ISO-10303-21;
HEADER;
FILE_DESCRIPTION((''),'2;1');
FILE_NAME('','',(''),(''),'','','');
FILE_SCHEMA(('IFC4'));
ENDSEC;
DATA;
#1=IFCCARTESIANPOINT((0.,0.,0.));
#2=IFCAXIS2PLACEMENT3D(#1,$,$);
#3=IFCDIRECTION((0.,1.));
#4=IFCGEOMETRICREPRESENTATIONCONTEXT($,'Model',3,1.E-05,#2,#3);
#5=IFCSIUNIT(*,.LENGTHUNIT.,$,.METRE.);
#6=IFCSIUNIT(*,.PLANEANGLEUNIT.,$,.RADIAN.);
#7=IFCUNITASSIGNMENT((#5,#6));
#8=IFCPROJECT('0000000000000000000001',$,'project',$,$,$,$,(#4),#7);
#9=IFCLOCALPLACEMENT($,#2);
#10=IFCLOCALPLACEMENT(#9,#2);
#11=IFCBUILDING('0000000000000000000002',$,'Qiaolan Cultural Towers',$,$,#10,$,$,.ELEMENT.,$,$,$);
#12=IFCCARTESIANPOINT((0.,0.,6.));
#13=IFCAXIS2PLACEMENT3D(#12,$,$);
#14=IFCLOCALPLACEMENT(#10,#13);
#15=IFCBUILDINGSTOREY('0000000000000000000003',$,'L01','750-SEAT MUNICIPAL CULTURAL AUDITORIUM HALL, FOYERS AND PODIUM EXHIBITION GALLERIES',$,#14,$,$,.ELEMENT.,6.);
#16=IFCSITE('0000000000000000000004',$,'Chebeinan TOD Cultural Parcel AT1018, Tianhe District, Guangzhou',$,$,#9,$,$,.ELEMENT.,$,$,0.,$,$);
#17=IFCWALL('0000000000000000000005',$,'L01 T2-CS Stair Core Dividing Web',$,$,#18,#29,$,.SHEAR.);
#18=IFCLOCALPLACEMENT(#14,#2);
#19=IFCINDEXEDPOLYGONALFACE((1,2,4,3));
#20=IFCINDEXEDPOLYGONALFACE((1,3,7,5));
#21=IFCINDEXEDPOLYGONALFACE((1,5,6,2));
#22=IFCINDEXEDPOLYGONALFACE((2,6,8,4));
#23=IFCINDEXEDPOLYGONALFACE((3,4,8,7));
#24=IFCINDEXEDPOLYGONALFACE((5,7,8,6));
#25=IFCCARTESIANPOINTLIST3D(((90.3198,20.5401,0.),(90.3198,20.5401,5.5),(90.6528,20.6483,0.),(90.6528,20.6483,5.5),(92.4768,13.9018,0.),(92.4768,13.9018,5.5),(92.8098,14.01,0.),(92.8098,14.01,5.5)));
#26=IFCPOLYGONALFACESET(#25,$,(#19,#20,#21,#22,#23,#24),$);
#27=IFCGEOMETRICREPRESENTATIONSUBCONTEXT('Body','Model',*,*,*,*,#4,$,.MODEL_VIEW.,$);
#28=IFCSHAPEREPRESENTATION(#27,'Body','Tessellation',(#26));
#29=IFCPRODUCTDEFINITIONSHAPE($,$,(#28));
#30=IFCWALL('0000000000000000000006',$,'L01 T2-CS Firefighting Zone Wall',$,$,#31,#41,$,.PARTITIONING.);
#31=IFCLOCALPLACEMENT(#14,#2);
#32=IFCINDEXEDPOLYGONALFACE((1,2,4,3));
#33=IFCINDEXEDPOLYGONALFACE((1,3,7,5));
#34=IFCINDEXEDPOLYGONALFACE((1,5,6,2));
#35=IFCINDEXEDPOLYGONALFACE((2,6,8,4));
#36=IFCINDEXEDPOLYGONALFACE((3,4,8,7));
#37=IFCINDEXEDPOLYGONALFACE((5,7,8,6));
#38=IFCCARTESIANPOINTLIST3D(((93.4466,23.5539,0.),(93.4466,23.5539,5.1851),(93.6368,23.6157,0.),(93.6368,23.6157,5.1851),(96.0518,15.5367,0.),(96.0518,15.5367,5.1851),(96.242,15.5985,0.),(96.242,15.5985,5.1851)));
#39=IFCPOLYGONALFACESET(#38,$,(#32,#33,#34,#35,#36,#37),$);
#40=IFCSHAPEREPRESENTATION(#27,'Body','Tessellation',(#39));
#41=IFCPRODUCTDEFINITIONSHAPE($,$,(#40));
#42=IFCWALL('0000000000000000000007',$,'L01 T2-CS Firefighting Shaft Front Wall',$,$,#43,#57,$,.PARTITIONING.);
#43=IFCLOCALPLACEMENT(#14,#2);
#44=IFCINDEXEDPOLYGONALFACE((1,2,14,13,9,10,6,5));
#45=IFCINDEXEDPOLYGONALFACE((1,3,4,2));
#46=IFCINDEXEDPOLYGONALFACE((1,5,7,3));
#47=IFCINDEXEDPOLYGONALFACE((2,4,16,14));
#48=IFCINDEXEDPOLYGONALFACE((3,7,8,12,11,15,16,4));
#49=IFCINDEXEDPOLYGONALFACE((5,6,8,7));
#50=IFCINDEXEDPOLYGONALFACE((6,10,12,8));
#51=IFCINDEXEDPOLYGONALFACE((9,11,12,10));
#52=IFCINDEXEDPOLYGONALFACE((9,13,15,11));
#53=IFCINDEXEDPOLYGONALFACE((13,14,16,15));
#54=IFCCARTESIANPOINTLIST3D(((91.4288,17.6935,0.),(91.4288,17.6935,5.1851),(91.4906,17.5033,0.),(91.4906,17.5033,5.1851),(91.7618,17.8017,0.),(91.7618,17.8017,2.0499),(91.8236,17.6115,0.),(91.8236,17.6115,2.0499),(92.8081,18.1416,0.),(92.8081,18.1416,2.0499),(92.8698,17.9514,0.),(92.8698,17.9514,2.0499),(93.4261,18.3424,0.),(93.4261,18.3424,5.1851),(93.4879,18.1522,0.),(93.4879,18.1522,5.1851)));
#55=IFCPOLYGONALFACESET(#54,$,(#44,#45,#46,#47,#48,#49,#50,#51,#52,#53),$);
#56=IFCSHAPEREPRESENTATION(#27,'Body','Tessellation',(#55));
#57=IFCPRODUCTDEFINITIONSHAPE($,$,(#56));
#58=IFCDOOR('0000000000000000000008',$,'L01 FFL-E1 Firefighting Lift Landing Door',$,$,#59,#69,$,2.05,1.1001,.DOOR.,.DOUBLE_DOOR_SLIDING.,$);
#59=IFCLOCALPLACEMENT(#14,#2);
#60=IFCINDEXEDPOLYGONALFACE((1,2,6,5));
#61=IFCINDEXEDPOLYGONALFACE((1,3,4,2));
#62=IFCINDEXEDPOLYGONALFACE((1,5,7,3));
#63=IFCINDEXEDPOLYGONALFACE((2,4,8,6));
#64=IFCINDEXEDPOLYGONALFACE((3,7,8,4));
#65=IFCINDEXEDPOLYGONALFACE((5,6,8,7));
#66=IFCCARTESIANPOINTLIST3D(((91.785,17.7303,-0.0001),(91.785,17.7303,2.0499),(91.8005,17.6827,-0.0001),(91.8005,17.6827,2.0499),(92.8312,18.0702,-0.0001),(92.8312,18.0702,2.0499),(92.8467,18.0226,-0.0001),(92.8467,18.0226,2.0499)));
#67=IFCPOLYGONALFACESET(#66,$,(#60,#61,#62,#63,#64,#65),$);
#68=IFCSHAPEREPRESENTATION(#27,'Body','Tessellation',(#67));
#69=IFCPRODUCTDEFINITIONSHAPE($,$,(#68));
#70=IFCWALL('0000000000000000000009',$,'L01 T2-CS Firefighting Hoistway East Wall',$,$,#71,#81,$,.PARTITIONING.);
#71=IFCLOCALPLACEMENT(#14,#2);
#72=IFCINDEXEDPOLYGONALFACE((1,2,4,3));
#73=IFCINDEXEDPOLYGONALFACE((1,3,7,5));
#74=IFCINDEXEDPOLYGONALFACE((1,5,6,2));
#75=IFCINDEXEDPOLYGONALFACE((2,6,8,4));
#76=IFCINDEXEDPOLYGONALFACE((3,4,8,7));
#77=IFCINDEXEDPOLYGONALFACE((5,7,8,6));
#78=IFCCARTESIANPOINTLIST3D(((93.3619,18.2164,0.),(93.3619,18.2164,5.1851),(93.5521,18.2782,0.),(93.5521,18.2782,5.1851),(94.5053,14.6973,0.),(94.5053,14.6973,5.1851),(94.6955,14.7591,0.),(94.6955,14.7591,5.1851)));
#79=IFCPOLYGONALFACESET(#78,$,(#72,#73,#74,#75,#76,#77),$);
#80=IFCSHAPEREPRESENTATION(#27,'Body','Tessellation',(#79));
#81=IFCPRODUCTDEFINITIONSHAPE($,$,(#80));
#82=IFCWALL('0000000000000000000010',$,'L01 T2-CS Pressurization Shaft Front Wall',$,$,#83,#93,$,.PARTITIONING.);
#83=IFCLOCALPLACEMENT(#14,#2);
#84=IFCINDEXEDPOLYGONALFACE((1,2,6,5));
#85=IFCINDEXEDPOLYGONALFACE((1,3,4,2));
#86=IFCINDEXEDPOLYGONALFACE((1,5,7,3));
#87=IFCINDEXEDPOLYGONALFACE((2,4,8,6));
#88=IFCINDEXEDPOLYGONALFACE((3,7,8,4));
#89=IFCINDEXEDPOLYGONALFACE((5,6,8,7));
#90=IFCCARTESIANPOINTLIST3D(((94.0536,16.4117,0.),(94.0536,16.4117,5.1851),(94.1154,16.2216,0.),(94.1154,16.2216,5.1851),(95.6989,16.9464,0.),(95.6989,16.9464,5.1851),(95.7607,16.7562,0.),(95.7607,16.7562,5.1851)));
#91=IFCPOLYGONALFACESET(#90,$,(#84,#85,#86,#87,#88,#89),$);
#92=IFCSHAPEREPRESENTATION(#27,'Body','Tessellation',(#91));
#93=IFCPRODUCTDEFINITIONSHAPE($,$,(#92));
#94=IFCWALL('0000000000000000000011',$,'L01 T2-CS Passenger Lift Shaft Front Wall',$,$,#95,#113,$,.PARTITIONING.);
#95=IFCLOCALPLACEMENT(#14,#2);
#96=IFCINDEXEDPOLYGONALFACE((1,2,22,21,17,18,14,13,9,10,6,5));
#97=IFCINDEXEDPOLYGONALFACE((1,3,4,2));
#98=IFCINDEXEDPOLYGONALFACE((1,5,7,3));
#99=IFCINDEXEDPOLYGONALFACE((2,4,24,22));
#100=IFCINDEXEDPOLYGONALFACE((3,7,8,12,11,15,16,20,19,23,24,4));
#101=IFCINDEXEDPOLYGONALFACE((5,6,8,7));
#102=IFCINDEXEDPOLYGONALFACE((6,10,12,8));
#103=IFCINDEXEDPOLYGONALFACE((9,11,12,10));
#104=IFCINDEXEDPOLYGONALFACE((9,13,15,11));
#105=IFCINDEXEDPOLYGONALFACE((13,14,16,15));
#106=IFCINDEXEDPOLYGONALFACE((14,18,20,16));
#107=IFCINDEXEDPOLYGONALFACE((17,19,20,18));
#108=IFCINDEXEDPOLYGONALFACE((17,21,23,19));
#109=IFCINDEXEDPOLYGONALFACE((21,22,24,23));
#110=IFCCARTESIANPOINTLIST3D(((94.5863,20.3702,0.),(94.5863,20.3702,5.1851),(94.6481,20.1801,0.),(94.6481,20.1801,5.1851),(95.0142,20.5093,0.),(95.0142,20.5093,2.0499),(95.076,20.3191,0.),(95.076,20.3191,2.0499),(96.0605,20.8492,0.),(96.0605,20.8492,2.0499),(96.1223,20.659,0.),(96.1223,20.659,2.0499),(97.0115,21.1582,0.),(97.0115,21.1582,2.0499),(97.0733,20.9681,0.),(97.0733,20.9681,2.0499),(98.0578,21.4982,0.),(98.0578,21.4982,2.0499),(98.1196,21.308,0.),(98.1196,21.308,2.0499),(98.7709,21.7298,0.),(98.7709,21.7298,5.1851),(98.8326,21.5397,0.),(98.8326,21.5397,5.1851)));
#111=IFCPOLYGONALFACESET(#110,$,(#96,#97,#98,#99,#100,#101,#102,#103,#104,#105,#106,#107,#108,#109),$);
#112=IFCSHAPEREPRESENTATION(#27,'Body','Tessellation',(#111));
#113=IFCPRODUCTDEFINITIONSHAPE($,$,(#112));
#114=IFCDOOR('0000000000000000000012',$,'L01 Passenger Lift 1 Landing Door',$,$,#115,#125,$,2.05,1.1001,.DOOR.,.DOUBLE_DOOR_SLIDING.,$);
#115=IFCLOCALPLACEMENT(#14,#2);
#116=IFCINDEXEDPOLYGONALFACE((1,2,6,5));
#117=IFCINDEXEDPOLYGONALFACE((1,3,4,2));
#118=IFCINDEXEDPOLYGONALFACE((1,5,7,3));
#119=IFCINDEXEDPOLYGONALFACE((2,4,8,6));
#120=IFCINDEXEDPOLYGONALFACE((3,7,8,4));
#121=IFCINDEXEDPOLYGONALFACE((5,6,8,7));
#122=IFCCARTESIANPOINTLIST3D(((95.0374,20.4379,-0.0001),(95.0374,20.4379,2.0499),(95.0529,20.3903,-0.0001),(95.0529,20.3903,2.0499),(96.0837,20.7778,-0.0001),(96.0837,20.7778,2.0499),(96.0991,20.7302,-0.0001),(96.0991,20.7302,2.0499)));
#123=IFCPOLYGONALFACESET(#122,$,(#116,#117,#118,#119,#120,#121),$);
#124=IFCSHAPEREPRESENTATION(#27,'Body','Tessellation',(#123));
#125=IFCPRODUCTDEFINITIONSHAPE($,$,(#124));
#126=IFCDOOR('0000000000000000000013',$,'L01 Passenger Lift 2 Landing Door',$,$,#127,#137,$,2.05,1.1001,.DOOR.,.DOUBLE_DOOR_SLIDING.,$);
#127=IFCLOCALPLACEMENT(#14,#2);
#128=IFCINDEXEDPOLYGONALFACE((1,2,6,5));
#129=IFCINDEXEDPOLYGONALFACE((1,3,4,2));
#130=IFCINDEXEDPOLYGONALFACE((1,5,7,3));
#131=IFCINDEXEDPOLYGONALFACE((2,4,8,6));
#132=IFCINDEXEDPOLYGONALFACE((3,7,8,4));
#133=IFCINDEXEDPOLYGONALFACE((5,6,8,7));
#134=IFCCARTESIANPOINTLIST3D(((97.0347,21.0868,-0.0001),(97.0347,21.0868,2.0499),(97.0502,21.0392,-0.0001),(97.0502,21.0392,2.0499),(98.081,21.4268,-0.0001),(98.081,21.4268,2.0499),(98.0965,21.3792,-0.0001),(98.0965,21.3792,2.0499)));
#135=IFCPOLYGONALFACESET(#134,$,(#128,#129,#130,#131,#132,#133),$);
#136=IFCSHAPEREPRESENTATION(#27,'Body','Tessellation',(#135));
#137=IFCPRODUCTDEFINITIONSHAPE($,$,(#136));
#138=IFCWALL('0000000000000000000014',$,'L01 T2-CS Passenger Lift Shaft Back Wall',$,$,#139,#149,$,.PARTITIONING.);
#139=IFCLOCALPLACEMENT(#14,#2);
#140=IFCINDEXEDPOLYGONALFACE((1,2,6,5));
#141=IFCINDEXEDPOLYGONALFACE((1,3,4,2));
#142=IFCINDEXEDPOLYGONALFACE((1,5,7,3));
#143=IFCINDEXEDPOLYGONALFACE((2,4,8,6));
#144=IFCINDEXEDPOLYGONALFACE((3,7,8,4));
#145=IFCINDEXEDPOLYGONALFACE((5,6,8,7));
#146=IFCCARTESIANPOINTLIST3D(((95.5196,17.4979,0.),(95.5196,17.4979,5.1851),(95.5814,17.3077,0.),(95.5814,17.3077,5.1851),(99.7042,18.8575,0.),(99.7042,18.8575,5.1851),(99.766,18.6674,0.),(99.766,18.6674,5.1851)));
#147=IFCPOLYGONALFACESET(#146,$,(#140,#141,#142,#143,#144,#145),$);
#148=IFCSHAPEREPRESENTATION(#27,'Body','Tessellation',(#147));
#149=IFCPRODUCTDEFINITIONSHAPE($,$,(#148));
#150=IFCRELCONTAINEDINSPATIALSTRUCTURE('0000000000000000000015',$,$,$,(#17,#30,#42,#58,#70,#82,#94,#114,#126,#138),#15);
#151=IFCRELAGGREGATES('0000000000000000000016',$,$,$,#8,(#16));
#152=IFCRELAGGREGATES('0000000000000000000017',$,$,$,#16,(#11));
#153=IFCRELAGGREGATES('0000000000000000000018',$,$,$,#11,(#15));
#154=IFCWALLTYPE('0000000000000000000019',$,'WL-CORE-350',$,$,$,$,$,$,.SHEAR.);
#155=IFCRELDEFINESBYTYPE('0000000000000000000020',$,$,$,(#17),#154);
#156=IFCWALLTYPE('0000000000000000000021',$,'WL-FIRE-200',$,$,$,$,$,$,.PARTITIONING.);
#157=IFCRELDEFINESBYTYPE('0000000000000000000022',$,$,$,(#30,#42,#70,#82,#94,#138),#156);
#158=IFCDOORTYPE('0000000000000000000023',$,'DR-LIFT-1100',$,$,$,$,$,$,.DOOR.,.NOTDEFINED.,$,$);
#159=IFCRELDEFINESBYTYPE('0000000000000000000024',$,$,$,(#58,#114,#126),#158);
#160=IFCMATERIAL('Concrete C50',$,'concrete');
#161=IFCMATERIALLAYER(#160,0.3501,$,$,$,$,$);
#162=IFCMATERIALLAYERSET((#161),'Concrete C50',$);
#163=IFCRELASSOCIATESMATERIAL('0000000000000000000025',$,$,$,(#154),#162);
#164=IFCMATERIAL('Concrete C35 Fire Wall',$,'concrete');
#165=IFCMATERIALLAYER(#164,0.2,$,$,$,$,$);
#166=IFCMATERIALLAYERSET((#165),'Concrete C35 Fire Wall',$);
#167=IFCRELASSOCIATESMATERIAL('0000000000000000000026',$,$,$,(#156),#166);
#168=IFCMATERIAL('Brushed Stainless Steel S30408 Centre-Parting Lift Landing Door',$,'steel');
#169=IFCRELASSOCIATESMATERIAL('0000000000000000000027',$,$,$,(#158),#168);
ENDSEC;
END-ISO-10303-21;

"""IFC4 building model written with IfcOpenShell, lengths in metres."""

from ifc_helpers import new_model, si_unit, direction, frame, frame_2d, origin, place, context, subcontext, project, spatial, rectangle, extrude, material, layer, layer_set, type_object, element, fill, save


model = new_model("IFC4")

# Units and contexts
model_context = context("Model", 3, precision=1e-05, world=origin(), true_north=direction((0.0, 1.0)))
body_context = subcontext(model_context, "Body", "Model", "MODEL_VIEW")
ifc_project = project(units=[si_unit("LENGTHUNIT", "METRE"), si_unit("PLANEANGLEUNIT", "RADIAN")], contexts=[model_context])

# Site, building, storey
site_placement = place(None, origin())
site = spatial("IfcSite", under=ifc_project, at=site_placement, Name="Chebeinan TOD Cultural Parcel AT1018, Tianhe District, Guangzhou", CompositionType="ELEMENT", RefElevation=0.0)
building_placement = place(site_placement, origin())
building = spatial("IfcBuilding", under=site, at=building_placement, Name="Qiaolan Cultural Towers", CompositionType="ELEMENT")
storey_placement = place(building_placement, frame((0.0, 0.0, 6.0)))
storey = spatial("IfcBuildingStorey", under=building, at=storey_placement, Name="L01", Description="750-SEAT MUNICIPAL CULTURAL AUDITORIUM HALL, FOYERS AND PODIUM EXHIBITION GALLERIES", CompositionType="ELEMENT", Elevation=6.0)

# Walls
ifc_material_1 = material(Name="Concrete C50", Category="concrete")
ifc_layer_1 = layer(ifc_material_1, 0.3501)
ifc_layer_set_1 = layer_set([ifc_layer_1], Name="Concrete C50")
wall_type_1 = type_object("IfcWallType", Name="WL-CORE-350", PredefinedType="SHEAR", material=ifc_layer_set_1)
wall_1_placement = place(storey_placement, frame((90.4863, 20.5942, 0.0), z_axis=(0.0, 0.0, 1.0), x_axis=(0.30902, -0.951055, 0.0)))
element("IfcWall", 1, at=wall_1_placement, inside=storey, type_object=wall_type_1, Name="L01 T2-CS Stair Core Dividing Web", PredefinedType="SHEAR", context=body_context, shape_type="SweptSolid", body=[
    extrude(rectangle(XDim=6.98, YDim=0.3501, at=frame_2d((3.49, 0.0))), origin(), (0.0, 0.0, 1.0), 5.5),
])
ifc_material_2 = material(Name="Concrete C35 Fire Wall", Category="concrete")
ifc_layer_2 = layer(ifc_material_2, 0.2)
ifc_layer_set_2 = layer_set([ifc_layer_2], Name="Concrete C35 Fire Wall")
wall_type_2 = type_object("IfcWallType", Name="WL-FIRE-200", PredefinedType="PARTITIONING", material=ifc_layer_set_2)
wall_2_placement = place(storey_placement, frame((93.5417, 23.5847, 0.0), z_axis=(0.0, 0.0, 1.0), x_axis=(0.309042, -0.951048, 0.0)))
element("IfcWall", 2, at=wall_2_placement, inside=storey, type_object=wall_type_2, Name="L01 T2-CS Firefighting Zone Wall", PredefinedType="PARTITIONING", context=body_context, shape_type="SweptSolid", body=[
    extrude(rectangle(XDim=8.4299, YDim=0.2, at=frame_2d((4.2148, 0.0))), origin(), (0.0, 0.0, 1.0), 5.1851),
])

# Wall, opening, door
wall_3_placement = place(storey_placement, frame((91.4597, 17.5984, 0.0), z_axis=(0.0, 0.0, 1.0), x_axis=(0.951062, 0.308999, 0.0)))
wall_3 = element("IfcWall", 3, at=wall_3_placement, inside=storey, type_object=wall_type_2, Name="L01 T2-CS Firefighting Shaft Front Wall", PredefinedType="PARTITIONING", context=body_context, shape_type="SweptSolid", body=[
    extrude(rectangle(XDim=2.1001, YDim=0.2, at=frame_2d((1.05, 0.0))), origin(), (0.0, 0.0, 1.0), 5.1851),
])
opening_1_placement = place(wall_3_placement, frame((0.3501, 0.0, 0.0)))
opening_1 = element("IfcOpeningElement", 4, at=opening_1_placement, cuts=wall_3, PredefinedType="OPENING", context=body_context, shape_type="SweptSolid", body=[
    extrude(rectangle(XDim=1.1001, YDim=2.05, at=frame_2d((0.55, 1.0249))), frame((0.0, 0.1099, 0.0), z_axis=(0.0, -1.0, 0.0), x_axis=(1.0, 0.0, 0.0)), (0.0, 0.0, 1.0), 0.22),
])
ifc_material_3 = material(Name="Brushed Stainless Steel S30408 Centre-Parting Lift Landing Door", Category="steel")
door_type_1 = type_object("IfcDoorType", Name="DR-LIFT-1100", OperationType="NOTDEFINED", PredefinedType="DOOR", material=ifc_material_3)
door_1_placement = place(opening_1_placement, origin())
door_1 = element("IfcDoor", 5, at=door_1_placement, inside=storey, type_object=door_type_1, Name="L01 FFL-E1 Firefighting Lift Landing Door", OperationType="DOUBLE_DOOR_SLIDING", OverallHeight=2.05, OverallWidth=1.1001, PredefinedType="DOOR", context=body_context, shape_type="SweptSolid", body=[
    extrude(rectangle(XDim=1.1001, YDim=2.05, at=frame_2d((0.55, 1.0249))), frame((0.0, 0.0249, 0.0), z_axis=(0.0, -1.0, 0.0), x_axis=(1.0, 0.0, 0.0)), (0.0, 0.0, 1.0), 0.05),
])
fill(opening_1, door_1)

# Walls
wall_4_placement = place(storey_placement, frame((93.457, 18.2473, 0.0), z_axis=(0.0, 0.0, 1.0), x_axis=(0.308994, -0.951064, 0.0)))
element("IfcWall", 6, at=wall_4_placement, inside=storey, type_object=wall_type_2, Name="L01 T2-CS Firefighting Hoistway East Wall", PredefinedType="PARTITIONING", context=body_context, shape_type="SweptSolid", body=[
    extrude(rectangle(XDim=3.7002, YDim=0.2, at=frame_2d((1.8501, 0.0))), origin(), (0.0, 0.0, 1.0), 5.1851),
])
wall_5_placement = place(storey_placement, frame((94.0845, 16.3167, 0.0), z_axis=(0.0, 0.0, 1.0), x_axis=(0.951041, 0.309064, 0.0)))
element("IfcWall", 7, at=wall_5_placement, inside=storey, type_object=wall_type_2, Name="L01 T2-CS Pressurization Shaft Front Wall", PredefinedType="PARTITIONING", context=body_context, shape_type="SweptSolid", body=[
    extrude(rectangle(XDim=1.73, YDim=0.2, at=frame_2d((0.865, 0.0))), origin(), (0.0, 0.0, 1.0), 5.1851),
])

# Wall, openings, doors
wall_6_placement = place(storey_placement, frame((94.6172, 20.2751, 0.0), z_axis=(0.0, 0.0, 1.0), x_axis=(0.951059, 0.309011, 0.0)))
wall_6 = element("IfcWall", 8, at=wall_6_placement, inside=storey, type_object=wall_type_2, Name="L01 T2-CS Passenger Lift Shaft Front Wall", PredefinedType="PARTITIONING", context=body_context, shape_type="SweptSolid", body=[
    extrude(rectangle(XDim=4.3999, YDim=0.2, at=frame_2d((2.2, 0.0))), origin(), (0.0, 0.0, 1.0), 5.1851),
])
opening_2_placement = place(wall_6_placement, frame((0.45, 0.0, 0.0)))
opening_2 = element("IfcOpeningElement", 9, at=opening_2_placement, cuts=wall_6, PredefinedType="OPENING", context=body_context, shape_type="SweptSolid", body=[
    extrude(rectangle(XDim=1.1001, YDim=2.05, at=frame_2d((0.55, 1.0249))), frame((0.0, 0.1099, 0.0), z_axis=(0.0, -1.0, 0.0), x_axis=(1.0, 0.0, 0.0)), (0.0, 0.0, 1.0), 0.22),
])
opening_3_placement = place(wall_6_placement, frame((2.55, 0.0, 0.0)))
opening_3 = element("IfcOpeningElement", 10, at=opening_3_placement, cuts=wall_6, PredefinedType="OPENING", context=body_context, shape_type="SweptSolid", body=[
    extrude(rectangle(XDim=1.1001, YDim=2.05, at=frame_2d((0.55, 1.0249))), frame((0.0, 0.1099, 0.0), z_axis=(0.0, -1.0, 0.0), x_axis=(1.0, 0.0, 0.0)), (0.0, 0.0, 1.0), 0.22),
])
door_2_placement = place(opening_2_placement, origin())
door_2 = element("IfcDoor", 11, at=door_2_placement, inside=storey, type_object=door_type_1, Name="L01 Passenger Lift 1 Landing Door", OperationType="DOUBLE_DOOR_SLIDING", OverallHeight=2.05, OverallWidth=1.1001, PredefinedType="DOOR", context=body_context, shape_type="SweptSolid", body=[
    extrude(rectangle(XDim=1.1001, YDim=2.05, at=frame_2d((0.55, 1.0249))), frame((0.0, 0.0249, 0.0), z_axis=(0.0, -1.0, 0.0), x_axis=(1.0, 0.0, 0.0)), (0.0, 0.0, 1.0), 0.05),
])
fill(opening_2, door_2)
door_3_placement = place(opening_3_placement, origin())
door_3 = element("IfcDoor", 12, at=door_3_placement, inside=storey, type_object=door_type_1, Name="L01 Passenger Lift 2 Landing Door", OperationType="DOUBLE_DOOR_SLIDING", OverallHeight=2.05, OverallWidth=1.1001, PredefinedType="DOOR", context=body_context, shape_type="SweptSolid", body=[
    extrude(rectangle(XDim=1.1001, YDim=2.05, at=frame_2d((0.55, 1.0249))), frame((0.0, 0.0249, 0.0), z_axis=(0.0, -1.0, 0.0), x_axis=(1.0, 0.0, 0.0)), (0.0, 0.0, 1.0), 0.05),
])
fill(opening_3, door_3)

# Wall
wall_7_placement = place(storey_placement, frame((95.5505, 17.4028, 0.0), z_axis=(0.0, 0.0, 1.0), x_axis=(0.951059, 0.309011, 0.0)))
element("IfcWall", 13, at=wall_7_placement, inside=storey, type_object=wall_type_2, Name="L01 T2-CS Passenger Lift Shaft Back Wall", PredefinedType="PARTITIONING", context=body_context, shape_type="SweptSolid", body=[
    extrude(rectangle(XDim=4.3999, YDim=0.2, at=frame_2d((2.2, 0.0))), origin(), (0.0, 0.0, 1.0), 5.1851),
])

save(model, "model.ifc")
